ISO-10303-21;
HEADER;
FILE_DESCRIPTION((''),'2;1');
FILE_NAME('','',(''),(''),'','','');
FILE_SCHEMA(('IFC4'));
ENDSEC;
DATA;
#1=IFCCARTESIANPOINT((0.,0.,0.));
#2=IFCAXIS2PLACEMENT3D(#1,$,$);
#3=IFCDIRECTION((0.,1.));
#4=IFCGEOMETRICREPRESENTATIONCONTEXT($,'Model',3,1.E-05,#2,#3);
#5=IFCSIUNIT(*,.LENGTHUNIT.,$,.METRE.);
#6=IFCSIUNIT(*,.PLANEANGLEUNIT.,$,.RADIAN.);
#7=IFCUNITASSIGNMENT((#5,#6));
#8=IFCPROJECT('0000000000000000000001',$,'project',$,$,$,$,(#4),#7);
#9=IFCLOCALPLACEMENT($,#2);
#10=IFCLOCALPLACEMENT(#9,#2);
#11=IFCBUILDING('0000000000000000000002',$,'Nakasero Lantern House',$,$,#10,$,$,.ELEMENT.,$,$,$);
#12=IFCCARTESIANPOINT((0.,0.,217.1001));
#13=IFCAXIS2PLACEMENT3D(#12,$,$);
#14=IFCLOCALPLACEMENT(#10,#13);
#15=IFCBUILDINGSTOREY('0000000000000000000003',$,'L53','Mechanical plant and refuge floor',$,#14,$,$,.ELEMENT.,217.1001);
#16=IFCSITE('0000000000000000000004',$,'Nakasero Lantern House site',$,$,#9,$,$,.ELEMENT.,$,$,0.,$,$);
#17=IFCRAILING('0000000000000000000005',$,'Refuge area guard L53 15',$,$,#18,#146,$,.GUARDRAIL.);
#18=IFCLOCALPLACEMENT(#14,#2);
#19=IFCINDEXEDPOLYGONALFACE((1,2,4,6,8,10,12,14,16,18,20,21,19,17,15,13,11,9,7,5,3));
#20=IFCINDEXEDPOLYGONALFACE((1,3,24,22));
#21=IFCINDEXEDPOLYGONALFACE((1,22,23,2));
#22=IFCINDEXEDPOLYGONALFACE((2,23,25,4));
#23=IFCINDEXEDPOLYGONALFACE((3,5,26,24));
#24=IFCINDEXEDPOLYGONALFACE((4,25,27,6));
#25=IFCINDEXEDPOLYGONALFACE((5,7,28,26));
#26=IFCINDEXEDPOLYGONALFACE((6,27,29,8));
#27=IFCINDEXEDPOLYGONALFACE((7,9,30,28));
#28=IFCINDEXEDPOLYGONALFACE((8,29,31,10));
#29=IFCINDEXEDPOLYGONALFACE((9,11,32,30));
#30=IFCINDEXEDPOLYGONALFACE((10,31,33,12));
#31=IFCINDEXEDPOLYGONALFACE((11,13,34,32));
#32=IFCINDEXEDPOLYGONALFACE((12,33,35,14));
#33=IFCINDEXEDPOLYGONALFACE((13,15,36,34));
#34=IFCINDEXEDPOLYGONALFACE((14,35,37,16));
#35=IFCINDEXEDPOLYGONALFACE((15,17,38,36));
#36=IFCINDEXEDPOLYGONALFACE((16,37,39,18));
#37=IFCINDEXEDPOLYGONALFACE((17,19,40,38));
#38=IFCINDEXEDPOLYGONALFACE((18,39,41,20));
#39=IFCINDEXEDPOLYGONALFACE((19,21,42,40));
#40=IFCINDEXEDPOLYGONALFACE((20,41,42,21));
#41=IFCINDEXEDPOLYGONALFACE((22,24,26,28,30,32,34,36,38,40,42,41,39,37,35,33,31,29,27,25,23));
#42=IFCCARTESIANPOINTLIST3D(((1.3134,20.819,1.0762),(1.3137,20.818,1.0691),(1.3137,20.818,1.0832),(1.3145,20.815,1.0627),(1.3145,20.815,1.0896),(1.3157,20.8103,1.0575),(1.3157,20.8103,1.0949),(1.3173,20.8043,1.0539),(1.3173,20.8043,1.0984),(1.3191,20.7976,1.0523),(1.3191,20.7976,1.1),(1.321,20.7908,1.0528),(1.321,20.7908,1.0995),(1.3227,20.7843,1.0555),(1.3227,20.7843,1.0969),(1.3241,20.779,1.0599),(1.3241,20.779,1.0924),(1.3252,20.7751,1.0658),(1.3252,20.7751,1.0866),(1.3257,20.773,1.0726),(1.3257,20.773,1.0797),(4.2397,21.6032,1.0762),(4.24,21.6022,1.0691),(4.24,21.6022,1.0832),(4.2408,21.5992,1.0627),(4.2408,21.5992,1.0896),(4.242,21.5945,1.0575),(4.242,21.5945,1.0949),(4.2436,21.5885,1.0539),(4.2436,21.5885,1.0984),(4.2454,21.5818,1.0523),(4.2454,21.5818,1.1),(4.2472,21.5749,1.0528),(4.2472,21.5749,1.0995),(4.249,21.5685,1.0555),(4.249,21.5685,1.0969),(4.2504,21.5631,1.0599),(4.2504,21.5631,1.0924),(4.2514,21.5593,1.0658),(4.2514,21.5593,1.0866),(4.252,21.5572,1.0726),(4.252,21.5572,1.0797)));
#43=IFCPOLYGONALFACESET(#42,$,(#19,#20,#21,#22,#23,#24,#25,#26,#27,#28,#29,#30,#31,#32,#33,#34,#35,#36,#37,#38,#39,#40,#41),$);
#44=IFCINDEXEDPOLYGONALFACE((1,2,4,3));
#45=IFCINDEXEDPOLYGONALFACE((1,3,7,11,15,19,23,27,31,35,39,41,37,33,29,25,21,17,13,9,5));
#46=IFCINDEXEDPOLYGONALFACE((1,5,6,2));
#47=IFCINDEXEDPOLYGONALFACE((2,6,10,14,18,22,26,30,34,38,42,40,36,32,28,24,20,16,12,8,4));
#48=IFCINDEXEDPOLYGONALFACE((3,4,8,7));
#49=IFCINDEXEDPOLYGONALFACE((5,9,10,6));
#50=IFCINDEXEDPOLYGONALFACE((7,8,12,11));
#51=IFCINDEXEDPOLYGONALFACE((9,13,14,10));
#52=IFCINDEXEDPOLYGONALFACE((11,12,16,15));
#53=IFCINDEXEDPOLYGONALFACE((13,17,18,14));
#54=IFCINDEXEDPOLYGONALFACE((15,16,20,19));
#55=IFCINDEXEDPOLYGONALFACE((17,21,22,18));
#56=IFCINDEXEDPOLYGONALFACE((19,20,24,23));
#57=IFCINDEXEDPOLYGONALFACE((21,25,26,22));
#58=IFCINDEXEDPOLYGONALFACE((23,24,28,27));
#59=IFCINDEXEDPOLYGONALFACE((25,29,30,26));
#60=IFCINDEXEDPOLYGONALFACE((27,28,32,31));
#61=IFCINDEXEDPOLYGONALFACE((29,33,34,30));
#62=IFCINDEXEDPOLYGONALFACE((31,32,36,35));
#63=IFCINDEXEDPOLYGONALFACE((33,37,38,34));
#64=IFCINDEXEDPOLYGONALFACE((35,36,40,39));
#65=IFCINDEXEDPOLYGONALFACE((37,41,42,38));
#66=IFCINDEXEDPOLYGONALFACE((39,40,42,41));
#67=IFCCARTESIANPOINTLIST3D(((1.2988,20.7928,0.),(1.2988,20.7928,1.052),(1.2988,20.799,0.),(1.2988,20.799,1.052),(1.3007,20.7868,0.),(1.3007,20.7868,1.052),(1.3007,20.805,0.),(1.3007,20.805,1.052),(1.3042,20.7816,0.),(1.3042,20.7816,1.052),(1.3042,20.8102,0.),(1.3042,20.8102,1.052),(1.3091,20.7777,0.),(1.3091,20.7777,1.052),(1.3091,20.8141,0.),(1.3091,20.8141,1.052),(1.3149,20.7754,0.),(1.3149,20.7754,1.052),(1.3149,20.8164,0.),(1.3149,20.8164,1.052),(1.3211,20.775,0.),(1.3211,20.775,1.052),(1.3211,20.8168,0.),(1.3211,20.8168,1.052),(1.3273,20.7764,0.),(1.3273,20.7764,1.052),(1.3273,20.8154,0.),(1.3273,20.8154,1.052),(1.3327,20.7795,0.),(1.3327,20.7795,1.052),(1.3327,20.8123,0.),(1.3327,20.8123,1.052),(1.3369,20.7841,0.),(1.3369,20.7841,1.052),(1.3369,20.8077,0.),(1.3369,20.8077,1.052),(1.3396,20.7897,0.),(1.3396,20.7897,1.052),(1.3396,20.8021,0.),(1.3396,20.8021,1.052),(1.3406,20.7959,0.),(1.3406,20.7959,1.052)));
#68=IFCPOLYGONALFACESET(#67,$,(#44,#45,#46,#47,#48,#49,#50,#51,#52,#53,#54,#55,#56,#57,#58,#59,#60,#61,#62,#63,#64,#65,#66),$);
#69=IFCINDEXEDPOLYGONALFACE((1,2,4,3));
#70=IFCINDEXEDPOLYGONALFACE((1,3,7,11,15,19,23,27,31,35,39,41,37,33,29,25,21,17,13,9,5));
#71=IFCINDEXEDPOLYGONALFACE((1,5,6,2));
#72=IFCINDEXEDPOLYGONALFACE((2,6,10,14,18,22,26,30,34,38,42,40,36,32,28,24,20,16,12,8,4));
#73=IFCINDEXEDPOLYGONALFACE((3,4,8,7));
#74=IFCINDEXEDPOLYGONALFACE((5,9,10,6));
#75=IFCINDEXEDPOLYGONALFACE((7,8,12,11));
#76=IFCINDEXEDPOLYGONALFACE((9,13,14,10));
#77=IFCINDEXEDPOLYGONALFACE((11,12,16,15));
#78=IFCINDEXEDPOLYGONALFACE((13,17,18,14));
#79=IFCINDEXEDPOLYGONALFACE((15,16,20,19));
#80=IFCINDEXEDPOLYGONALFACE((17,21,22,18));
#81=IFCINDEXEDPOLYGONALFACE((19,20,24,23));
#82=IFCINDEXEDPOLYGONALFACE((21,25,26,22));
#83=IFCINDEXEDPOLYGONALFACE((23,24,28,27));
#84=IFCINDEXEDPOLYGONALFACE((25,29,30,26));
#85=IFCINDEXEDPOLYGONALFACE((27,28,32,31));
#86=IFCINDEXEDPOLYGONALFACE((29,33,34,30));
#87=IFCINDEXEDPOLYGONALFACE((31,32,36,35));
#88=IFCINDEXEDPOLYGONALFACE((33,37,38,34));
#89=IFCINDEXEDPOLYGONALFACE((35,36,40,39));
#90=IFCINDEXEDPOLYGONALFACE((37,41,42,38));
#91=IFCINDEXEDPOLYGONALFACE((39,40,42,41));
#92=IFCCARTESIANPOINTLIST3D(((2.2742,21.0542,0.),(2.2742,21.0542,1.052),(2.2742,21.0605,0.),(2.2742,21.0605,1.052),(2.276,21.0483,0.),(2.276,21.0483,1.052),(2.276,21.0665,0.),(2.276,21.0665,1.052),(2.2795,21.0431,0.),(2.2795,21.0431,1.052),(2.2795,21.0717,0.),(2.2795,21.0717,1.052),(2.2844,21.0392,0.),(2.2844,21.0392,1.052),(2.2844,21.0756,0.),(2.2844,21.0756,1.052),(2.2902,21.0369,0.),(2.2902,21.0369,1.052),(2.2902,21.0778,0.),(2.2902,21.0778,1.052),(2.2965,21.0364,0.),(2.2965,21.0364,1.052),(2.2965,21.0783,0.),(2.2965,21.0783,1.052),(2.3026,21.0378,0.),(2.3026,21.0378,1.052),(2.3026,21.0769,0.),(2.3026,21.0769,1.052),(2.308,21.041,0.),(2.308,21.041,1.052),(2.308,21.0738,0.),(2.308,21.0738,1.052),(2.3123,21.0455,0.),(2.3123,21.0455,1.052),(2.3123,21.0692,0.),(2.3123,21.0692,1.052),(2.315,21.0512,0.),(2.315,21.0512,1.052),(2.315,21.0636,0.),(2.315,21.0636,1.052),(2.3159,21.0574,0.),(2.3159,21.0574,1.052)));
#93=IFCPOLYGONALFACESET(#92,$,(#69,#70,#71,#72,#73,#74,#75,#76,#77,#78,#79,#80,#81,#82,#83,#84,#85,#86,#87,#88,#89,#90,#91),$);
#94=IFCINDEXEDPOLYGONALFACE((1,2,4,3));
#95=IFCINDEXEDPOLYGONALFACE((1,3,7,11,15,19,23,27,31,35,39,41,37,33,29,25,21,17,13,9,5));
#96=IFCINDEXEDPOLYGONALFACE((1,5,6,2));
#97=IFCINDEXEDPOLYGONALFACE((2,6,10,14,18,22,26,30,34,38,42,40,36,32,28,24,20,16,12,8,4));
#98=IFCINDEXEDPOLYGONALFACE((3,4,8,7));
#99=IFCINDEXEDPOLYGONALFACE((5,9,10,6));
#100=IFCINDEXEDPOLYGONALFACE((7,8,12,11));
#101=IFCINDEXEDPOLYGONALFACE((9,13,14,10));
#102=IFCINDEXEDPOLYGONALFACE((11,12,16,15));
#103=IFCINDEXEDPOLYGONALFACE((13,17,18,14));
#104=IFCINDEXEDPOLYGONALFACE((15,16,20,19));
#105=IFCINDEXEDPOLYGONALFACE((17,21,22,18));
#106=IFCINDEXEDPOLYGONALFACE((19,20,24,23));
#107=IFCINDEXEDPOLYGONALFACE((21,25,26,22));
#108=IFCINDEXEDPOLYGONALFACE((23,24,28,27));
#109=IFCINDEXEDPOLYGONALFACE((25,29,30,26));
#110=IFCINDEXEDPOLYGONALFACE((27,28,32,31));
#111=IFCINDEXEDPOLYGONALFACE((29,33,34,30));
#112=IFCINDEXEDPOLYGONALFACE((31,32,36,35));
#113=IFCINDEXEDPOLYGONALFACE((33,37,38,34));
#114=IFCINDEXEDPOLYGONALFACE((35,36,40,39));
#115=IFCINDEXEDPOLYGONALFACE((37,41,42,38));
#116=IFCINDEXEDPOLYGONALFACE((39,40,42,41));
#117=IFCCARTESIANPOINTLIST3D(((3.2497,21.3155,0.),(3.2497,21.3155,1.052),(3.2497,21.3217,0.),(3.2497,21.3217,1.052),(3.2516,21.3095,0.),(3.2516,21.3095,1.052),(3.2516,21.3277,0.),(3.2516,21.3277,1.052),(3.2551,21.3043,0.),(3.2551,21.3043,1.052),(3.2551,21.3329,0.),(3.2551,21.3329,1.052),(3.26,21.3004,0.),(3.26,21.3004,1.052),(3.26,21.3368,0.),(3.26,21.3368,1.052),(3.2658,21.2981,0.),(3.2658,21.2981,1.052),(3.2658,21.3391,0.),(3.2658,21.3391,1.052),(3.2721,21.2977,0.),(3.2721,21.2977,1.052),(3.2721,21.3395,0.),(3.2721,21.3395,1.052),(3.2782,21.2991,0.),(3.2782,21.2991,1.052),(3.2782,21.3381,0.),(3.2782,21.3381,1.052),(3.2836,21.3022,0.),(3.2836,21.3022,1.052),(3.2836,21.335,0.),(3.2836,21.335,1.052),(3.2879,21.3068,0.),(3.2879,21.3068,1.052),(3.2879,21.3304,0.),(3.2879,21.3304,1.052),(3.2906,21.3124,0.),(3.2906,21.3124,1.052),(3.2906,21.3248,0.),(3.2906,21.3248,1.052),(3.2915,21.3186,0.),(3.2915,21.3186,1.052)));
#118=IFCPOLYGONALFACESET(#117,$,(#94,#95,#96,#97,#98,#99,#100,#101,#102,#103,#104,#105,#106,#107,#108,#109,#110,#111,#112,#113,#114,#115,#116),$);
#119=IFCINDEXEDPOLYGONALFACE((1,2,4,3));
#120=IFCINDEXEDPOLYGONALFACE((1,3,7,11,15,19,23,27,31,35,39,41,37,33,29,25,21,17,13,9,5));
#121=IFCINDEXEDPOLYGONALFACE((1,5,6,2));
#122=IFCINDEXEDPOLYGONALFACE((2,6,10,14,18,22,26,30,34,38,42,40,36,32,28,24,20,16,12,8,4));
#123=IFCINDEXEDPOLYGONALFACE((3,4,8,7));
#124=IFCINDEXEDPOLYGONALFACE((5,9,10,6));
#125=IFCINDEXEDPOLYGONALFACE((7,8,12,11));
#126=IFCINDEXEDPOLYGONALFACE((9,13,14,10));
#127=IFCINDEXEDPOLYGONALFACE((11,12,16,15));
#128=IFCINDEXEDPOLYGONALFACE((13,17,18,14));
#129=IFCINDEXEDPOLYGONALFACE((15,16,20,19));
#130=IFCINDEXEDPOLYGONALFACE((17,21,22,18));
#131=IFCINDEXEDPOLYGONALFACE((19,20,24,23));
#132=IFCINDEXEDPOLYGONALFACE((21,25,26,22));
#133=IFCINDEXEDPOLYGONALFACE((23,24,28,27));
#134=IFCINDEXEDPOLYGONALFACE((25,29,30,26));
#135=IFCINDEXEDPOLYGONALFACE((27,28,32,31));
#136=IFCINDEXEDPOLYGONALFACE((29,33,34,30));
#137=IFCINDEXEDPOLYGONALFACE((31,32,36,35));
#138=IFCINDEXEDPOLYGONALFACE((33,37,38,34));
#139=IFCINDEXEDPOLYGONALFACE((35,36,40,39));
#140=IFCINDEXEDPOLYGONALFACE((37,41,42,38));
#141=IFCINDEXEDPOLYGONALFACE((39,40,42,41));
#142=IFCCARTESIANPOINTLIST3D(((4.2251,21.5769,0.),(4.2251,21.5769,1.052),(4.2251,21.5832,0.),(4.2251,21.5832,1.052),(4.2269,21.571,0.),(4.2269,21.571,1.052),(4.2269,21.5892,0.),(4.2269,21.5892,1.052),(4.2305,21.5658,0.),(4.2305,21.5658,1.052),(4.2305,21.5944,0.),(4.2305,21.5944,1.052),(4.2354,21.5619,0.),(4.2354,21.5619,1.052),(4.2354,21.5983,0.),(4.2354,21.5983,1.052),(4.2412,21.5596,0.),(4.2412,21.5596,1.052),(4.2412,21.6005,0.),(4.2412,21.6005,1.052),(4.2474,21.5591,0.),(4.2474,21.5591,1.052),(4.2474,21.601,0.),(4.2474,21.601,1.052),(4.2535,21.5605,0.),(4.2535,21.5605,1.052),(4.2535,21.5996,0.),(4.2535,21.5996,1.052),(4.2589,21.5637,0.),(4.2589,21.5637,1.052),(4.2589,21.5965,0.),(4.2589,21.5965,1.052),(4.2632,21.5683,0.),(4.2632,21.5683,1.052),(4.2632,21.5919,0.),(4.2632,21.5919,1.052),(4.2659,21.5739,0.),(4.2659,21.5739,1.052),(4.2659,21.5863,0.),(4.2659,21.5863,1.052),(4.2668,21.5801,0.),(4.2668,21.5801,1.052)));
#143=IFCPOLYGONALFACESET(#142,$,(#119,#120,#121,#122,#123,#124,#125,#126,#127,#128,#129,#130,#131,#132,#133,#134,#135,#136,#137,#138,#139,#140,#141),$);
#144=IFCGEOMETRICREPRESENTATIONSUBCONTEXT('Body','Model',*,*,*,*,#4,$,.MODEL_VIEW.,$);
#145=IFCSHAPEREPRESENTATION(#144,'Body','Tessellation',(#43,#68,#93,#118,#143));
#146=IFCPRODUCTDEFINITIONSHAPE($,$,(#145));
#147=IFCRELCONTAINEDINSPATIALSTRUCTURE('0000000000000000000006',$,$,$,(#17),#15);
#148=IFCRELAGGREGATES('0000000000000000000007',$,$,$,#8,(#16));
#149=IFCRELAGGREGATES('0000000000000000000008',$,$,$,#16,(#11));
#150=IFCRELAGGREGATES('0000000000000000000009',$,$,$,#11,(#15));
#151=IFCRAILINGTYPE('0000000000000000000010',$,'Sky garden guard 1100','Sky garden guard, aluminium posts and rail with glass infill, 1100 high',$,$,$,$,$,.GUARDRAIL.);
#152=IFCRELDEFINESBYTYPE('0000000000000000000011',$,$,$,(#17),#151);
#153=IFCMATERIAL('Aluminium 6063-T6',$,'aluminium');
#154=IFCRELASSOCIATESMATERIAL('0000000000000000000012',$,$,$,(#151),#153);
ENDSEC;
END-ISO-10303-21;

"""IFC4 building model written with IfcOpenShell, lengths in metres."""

from ifc_helpers import new_model, si_unit, direction, frame, origin, origin_2d, place, context, subcontext, project, spatial, circle, extrude, material, type_object, element, save


model = new_model("IFC4")

# Units and contexts
model_context = context("Model", 3, precision=1e-05, world=origin(), true_north=direction((0.0, 1.0)))
body_context = subcontext(model_context, "Body", "Model", "MODEL_VIEW")
ifc_project = project(units=[si_unit("LENGTHUNIT", "METRE"), si_unit("PLANEANGLEUNIT", "RADIAN")], contexts=[model_context])

# Site, building, storey
site_placement = place(None, origin())
site = spatial("IfcSite", under=ifc_project, at=site_placement, Name="Nakasero Lantern House site", CompositionType="ELEMENT", RefElevation=0.0)
building_placement = place(site_placement, origin())
building = spatial("IfcBuilding", under=site, at=building_placement, Name="Nakasero Lantern House", CompositionType="ELEMENT")
storey_placement = place(building_placement, frame((0.0, 0.0, 217.1001)))
storey = spatial("IfcBuildingStorey", under=building, at=storey_placement, Name="L53", Description="Mechanical plant and refuge floor", CompositionType="ELEMENT", Elevation=217.1001)

# Railing
ifc_material_1 = material(Name="Aluminium 6063-T6", Category="aluminium")
railing_type = type_object("IfcRailingType", Name="Sky garden guard 1100", Description="Sky garden guard, aluminium posts and rail with glass infill, 1100 high", PredefinedType="GUARDRAIL", material=ifc_material_1)
railing_1_placement = place(storey_placement, frame((1.3196, 20.7959, 0.0)))
element("IfcRailing", 1, at=railing_1_placement, inside=storey, type_object=railing_type, Name="Refuge area guard L53 15", PredefinedType="GUARDRAIL", context=body_context, shape_type="SweptSolid", body=[
    extrude(circle(Radius=0.0239, at=origin_2d()), frame((0.0, 0.0, 1.0762), z_axis=(0.965919, 0.258846, 0.0), x_axis=(-0.258846, 0.965919, 0.0)), (0.0, 0.0, 1.0), 3.0295),
    extrude(circle(Radius=0.021, at=origin_2d()), origin(), (0.0, 0.0, 1.0), 1.052),
    extrude(circle(Radius=0.021, at=origin_2d()), frame((0.9753, 0.2615, 0.0)), (0.0, 0.0, 1.0), 1.052),
    extrude(circle(Radius=0.021, at=origin_2d()), frame((1.9509, 0.5227, 0.0)), (0.0, 0.0, 1.0), 1.052),
    extrude(circle(Radius=0.021, at=origin_2d()), frame((2.9263, 0.7842, 0.0)), (0.0, 0.0, 1.0), 1.052),
])

save(model, "model.ifc")
